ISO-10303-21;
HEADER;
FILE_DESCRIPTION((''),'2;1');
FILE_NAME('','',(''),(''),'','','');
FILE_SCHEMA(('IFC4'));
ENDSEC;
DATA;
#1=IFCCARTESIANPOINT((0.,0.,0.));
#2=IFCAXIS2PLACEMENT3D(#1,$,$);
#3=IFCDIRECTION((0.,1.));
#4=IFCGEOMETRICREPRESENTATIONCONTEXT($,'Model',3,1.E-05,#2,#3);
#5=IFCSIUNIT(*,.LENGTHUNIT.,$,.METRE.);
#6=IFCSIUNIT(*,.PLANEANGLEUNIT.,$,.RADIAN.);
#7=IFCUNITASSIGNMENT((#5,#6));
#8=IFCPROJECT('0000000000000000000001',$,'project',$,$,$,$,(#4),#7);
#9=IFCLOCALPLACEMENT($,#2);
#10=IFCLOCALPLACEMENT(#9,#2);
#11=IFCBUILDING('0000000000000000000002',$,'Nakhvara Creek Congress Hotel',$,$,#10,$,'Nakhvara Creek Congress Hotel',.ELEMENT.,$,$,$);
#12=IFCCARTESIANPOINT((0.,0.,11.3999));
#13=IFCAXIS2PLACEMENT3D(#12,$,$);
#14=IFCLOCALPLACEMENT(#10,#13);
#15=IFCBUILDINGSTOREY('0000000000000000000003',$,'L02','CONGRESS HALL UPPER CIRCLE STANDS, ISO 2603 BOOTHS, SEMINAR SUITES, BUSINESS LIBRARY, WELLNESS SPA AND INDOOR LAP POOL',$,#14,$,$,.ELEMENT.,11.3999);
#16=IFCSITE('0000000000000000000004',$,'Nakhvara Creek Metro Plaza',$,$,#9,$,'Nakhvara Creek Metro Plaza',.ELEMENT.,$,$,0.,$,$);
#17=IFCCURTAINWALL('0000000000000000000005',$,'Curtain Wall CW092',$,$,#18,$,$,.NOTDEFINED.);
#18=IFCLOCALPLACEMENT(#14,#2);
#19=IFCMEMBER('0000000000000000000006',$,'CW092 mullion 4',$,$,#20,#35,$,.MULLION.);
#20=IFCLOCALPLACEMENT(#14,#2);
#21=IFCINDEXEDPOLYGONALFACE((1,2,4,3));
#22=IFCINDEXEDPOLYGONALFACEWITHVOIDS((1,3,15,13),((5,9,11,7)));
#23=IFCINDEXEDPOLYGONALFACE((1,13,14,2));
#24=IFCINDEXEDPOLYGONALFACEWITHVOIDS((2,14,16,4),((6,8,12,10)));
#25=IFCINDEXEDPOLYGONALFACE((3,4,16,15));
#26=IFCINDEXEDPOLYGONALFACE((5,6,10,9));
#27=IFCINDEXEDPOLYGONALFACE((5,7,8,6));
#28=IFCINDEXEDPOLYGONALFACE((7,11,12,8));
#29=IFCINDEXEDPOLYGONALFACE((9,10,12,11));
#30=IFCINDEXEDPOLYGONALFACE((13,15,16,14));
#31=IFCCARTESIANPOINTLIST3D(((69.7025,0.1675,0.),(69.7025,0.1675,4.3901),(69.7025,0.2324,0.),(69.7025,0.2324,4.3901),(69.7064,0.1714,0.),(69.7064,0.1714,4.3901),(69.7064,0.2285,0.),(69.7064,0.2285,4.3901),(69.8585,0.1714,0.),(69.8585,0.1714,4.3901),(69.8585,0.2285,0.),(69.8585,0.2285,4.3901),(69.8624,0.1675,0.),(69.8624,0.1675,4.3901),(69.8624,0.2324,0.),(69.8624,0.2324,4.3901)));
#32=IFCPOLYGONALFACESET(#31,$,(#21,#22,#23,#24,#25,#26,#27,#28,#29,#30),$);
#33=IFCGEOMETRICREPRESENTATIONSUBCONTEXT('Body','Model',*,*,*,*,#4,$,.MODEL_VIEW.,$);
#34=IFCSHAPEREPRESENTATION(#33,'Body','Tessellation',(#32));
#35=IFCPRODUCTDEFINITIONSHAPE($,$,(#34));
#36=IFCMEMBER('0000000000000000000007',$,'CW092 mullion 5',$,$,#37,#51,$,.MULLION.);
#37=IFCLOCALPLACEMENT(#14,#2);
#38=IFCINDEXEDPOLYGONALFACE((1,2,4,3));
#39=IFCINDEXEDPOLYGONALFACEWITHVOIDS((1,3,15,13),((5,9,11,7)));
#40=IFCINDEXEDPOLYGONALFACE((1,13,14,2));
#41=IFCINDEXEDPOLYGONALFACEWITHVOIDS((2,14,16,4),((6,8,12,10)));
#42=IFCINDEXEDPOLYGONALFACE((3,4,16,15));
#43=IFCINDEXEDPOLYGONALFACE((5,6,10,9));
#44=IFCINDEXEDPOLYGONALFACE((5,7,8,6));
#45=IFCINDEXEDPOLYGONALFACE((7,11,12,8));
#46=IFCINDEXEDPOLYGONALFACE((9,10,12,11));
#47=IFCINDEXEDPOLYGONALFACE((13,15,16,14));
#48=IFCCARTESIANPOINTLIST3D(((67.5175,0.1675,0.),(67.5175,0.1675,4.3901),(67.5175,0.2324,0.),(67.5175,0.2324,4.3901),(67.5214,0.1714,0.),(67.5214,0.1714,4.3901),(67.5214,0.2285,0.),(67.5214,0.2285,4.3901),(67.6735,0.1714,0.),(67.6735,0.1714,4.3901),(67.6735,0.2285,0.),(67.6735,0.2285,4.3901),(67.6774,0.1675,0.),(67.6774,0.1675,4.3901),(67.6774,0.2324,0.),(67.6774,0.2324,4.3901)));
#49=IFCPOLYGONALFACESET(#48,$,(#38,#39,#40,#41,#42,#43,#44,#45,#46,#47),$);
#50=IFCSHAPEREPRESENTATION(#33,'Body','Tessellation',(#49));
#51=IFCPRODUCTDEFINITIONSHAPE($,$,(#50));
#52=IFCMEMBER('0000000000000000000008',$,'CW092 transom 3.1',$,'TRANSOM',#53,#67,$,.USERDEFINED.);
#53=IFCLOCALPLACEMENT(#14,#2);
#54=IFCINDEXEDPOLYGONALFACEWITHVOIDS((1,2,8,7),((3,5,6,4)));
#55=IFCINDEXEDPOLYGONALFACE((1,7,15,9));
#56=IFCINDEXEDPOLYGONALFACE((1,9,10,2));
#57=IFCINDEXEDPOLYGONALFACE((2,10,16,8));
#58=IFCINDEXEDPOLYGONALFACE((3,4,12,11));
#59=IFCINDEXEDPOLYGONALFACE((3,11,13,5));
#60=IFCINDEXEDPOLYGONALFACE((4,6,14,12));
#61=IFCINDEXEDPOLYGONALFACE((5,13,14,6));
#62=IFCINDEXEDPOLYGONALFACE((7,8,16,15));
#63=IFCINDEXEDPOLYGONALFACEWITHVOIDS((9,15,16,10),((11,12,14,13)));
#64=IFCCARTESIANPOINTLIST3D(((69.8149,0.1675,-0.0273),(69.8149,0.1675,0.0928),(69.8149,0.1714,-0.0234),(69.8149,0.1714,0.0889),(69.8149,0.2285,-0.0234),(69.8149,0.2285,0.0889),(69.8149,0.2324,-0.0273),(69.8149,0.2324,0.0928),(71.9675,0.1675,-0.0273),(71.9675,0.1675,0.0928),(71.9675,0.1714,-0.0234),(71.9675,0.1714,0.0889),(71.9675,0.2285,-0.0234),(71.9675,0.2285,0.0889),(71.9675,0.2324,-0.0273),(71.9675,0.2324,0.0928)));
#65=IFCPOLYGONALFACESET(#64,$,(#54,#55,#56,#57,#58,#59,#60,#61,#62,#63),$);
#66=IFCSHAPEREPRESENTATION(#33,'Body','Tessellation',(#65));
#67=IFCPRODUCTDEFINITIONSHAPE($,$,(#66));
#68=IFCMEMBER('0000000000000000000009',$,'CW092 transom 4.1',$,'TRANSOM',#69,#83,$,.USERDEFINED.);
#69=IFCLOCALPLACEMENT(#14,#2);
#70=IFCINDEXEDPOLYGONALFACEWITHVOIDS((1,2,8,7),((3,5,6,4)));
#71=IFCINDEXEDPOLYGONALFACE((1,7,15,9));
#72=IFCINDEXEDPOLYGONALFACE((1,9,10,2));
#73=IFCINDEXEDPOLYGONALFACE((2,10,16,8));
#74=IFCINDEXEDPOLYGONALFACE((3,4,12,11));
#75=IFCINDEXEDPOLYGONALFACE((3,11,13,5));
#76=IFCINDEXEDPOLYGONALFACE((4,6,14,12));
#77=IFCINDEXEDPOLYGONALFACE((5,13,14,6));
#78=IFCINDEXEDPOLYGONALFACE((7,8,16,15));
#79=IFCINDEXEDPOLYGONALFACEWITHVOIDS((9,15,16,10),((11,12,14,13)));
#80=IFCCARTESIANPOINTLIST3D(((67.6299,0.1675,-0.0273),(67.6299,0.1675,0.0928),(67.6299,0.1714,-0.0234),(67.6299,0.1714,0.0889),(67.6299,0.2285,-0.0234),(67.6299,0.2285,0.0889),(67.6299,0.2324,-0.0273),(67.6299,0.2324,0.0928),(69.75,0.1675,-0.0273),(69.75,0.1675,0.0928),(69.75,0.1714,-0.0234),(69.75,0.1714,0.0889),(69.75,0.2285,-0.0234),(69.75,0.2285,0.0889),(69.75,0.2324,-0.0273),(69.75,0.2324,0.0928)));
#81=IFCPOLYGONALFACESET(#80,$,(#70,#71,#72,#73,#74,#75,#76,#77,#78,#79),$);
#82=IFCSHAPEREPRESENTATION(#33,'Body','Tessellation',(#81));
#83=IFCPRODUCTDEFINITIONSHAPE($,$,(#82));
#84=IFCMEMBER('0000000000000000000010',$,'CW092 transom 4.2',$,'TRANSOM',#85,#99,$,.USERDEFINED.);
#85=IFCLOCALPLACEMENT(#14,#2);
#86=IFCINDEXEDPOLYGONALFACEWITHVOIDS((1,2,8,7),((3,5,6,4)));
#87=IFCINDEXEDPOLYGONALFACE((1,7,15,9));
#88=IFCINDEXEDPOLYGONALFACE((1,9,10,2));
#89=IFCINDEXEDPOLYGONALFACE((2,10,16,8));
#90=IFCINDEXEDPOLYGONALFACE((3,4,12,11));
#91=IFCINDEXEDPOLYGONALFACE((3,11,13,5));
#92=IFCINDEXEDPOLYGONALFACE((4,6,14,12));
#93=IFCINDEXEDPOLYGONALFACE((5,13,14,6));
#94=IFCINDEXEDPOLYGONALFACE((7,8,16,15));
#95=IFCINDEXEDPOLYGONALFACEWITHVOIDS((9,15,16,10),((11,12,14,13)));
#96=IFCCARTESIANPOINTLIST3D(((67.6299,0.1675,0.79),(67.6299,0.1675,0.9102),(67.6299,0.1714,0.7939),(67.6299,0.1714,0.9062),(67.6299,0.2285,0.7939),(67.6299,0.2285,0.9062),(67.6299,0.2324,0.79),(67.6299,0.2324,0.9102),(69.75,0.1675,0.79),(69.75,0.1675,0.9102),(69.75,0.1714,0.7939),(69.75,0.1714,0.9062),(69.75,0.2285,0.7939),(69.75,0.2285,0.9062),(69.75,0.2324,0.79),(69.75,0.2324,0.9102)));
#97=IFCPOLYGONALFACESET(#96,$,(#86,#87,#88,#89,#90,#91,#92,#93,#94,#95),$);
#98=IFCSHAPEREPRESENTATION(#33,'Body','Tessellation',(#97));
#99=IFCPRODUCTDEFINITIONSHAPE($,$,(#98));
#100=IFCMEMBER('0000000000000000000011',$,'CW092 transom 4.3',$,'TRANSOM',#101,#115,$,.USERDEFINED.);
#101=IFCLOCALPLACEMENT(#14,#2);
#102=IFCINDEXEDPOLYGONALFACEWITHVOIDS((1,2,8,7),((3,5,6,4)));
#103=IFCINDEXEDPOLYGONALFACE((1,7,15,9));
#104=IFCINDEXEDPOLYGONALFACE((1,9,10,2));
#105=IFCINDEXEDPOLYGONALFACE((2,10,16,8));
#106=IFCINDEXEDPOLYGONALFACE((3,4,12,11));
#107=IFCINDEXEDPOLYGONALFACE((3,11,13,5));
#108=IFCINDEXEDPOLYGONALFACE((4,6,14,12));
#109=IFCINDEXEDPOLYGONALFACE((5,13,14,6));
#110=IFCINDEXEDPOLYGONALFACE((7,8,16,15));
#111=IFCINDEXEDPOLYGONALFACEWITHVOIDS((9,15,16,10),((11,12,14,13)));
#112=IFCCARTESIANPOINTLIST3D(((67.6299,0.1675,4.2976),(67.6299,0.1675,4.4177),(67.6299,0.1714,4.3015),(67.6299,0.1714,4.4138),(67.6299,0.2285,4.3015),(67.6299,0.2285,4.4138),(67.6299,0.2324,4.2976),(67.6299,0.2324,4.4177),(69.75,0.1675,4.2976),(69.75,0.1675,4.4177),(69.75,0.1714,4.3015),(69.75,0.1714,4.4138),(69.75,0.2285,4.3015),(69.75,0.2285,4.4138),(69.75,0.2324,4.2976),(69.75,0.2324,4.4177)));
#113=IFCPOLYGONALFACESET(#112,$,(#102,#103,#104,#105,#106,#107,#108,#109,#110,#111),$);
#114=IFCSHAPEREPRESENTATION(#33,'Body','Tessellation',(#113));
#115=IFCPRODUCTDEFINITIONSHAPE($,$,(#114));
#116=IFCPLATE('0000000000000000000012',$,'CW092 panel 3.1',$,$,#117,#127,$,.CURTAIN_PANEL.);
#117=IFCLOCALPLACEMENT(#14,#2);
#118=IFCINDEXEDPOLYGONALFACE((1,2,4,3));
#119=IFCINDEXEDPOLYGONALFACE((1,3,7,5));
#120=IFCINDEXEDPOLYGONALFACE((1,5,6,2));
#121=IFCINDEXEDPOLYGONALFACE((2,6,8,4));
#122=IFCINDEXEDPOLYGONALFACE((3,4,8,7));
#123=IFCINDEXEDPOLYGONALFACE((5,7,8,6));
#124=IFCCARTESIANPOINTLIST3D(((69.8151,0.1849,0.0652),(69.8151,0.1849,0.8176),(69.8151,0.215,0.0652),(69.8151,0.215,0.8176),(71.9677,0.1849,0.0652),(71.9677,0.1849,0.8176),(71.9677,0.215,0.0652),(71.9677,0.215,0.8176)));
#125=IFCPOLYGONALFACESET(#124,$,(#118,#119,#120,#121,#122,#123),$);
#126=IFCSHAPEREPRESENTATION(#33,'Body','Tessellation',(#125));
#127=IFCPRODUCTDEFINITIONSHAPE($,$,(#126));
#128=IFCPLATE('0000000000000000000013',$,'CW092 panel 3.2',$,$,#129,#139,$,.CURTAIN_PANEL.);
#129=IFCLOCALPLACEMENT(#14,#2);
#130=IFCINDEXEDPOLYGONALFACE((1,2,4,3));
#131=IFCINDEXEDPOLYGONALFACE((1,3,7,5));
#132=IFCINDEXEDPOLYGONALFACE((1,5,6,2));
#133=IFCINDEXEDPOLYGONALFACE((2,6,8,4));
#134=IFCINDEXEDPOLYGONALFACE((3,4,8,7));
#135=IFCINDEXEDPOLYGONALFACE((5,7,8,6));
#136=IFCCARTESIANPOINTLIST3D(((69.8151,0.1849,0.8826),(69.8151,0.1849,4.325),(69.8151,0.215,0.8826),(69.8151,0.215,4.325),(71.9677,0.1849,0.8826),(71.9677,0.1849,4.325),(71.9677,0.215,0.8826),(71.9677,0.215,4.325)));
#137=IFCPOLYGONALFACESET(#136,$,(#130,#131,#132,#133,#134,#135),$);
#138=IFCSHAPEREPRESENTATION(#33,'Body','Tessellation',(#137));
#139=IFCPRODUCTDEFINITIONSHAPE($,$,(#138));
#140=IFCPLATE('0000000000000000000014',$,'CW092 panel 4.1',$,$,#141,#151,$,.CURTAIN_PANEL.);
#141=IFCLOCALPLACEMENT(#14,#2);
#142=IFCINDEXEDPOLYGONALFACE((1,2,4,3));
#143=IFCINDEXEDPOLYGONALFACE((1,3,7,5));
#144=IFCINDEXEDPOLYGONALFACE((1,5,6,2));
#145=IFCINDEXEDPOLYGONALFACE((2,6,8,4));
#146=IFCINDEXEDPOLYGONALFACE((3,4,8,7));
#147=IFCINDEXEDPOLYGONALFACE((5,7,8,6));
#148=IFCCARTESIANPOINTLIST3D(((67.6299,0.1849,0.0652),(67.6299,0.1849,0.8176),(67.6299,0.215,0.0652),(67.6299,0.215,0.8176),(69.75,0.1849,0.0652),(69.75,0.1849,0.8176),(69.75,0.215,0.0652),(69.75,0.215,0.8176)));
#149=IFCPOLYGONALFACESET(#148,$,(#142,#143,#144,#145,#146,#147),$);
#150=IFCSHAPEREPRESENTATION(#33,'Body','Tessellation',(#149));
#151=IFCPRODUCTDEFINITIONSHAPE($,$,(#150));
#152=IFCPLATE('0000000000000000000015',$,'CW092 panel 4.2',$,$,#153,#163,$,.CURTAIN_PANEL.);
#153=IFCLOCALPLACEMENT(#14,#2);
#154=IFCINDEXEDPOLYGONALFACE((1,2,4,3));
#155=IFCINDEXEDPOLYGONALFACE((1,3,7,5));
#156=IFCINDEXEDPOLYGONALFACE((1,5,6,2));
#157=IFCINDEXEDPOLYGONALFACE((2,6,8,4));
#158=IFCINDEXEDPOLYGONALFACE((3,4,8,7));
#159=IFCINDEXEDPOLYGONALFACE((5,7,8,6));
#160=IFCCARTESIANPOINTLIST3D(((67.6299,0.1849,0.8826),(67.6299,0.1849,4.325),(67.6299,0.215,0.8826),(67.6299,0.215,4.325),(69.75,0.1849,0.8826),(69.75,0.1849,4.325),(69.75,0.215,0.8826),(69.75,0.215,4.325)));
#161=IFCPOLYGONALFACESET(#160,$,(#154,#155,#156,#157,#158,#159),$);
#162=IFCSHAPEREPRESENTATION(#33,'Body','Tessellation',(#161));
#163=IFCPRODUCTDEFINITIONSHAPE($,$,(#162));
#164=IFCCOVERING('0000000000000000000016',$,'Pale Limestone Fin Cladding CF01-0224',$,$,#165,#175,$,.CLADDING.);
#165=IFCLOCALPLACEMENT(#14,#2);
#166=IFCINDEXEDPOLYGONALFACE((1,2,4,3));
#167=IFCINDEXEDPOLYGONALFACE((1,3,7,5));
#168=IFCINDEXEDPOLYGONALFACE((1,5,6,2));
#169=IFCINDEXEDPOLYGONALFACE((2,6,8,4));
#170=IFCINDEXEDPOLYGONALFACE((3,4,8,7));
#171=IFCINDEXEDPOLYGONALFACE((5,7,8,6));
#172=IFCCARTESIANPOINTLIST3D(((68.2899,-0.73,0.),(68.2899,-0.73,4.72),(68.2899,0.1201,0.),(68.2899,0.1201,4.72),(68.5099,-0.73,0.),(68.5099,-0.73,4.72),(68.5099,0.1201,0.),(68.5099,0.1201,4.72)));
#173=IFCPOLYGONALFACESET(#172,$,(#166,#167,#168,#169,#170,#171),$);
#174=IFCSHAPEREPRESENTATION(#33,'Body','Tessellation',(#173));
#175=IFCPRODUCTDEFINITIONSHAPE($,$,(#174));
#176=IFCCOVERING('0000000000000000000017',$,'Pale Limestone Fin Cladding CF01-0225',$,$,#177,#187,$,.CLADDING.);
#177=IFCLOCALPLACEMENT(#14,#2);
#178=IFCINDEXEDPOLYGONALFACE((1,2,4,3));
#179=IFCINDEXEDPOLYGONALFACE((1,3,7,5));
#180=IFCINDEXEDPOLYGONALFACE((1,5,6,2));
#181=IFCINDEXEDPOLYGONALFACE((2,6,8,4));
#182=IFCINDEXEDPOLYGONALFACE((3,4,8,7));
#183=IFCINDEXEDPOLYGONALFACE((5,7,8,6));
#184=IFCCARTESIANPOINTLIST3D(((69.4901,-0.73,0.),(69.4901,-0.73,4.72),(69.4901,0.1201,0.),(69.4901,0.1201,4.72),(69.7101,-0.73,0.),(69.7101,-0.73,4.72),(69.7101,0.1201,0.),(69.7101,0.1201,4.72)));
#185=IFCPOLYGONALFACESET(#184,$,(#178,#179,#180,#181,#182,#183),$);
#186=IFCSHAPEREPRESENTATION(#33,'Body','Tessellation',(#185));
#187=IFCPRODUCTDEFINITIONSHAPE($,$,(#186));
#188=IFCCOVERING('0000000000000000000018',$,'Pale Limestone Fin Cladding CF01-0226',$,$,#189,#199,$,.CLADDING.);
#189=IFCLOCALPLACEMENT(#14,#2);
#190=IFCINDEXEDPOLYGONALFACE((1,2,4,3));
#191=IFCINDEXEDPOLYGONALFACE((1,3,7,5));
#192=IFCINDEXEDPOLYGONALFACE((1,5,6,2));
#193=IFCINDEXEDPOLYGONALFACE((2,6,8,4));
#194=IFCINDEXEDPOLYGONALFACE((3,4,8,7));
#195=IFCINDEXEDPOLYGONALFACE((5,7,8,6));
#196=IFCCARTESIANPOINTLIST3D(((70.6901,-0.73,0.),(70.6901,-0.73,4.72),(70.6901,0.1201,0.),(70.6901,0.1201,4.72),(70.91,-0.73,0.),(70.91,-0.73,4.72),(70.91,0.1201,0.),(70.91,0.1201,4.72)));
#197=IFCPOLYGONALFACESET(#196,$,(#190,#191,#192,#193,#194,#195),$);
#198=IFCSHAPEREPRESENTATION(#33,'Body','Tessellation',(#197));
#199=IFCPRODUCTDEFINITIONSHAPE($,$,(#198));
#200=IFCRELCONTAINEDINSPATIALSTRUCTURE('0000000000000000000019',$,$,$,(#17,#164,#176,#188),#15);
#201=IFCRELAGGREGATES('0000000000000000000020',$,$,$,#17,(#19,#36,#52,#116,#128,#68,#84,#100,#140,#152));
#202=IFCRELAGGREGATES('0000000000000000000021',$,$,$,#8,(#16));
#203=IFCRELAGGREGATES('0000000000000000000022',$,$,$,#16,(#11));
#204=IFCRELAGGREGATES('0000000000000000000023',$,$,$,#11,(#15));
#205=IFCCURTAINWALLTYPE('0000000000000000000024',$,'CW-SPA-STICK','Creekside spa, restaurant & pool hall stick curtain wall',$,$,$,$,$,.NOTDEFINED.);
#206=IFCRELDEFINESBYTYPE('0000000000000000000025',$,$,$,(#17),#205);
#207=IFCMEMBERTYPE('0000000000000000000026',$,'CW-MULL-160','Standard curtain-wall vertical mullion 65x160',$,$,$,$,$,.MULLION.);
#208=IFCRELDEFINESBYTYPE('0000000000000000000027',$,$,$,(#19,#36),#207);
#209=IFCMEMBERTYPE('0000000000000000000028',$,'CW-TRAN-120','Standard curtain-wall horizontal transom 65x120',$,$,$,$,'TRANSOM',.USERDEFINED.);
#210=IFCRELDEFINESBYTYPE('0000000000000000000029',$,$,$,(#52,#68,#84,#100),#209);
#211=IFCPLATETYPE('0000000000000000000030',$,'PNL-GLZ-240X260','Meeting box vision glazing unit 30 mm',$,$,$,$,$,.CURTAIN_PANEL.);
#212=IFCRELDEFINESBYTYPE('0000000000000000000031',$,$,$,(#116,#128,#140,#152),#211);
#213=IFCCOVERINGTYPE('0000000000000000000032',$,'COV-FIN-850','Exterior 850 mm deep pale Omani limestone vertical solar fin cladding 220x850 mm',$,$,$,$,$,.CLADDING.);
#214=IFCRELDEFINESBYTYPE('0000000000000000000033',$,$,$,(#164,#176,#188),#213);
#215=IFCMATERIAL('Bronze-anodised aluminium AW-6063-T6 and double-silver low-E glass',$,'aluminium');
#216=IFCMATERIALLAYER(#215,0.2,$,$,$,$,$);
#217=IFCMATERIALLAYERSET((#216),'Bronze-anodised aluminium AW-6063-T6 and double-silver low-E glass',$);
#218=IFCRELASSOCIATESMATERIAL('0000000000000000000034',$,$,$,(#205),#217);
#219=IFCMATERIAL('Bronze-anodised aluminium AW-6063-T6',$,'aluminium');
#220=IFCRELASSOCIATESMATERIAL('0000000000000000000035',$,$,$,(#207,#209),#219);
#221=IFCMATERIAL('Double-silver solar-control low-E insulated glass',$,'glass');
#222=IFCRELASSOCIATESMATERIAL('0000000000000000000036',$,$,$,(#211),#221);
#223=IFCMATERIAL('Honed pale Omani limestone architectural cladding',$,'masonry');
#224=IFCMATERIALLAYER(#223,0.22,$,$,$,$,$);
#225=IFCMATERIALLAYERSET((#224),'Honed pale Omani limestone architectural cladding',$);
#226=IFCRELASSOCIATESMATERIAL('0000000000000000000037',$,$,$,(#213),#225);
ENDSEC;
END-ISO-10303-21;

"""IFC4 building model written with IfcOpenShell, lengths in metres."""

from ifc_helpers import new_model, si_unit, direction, frame, origin, origin_2d, place, context, subcontext, project, spatial, rectangle, hollow_rectangle, extrude, material, layer, layer_set, material_profile, profile_set, type_object, element, aggregate, save


model = new_model("IFC4")

# Units and contexts
model_context = context("Model", 3, precision=1e-05, world=origin(), true_north=direction((0.0, 1.0)))
body_context = subcontext(model_context, "Body", "Model", "MODEL_VIEW")
ifc_project = project(units=[si_unit("LENGTHUNIT", "METRE"), si_unit("PLANEANGLEUNIT", "RADIAN")], contexts=[model_context])

# Site, building, storey
site_placement = place(None, origin())
site = spatial("IfcSite", under=ifc_project, at=site_placement, Name="Nakhvara Creek Metro Plaza", LongName="Nakhvara Creek Metro Plaza", CompositionType="ELEMENT", RefElevation=0.0)
building_placement = place(site_placement, origin())
building = spatial("IfcBuilding", under=site, at=building_placement, Name="Nakhvara Creek Congress Hotel", LongName="Nakhvara Creek Congress Hotel", CompositionType="ELEMENT")
storey_placement = place(building_placement, frame((0.0, 0.0, 11.3999)))
storey = spatial("IfcBuildingStorey", under=building, at=storey_placement, Name="L02", Description="CONGRESS HALL UPPER CIRCLE STANDS, ISO 2603 BOOTHS, SEMINAR SUITES, BUSINESS LIBRARY, WELLNESS SPA AND INDOOR LAP POOL", CompositionType="ELEMENT", Elevation=11.3999)

# Curtain wall, members, plates
ifc_material_1 = material(Name="Bronze-anodised aluminium AW-6063-T6 and double-silver low-E glass", Category="aluminium")
ifc_layer_1 = layer(ifc_material_1, 0.2)
ifc_layer_set_1 = layer_set([ifc_layer_1], Name="Bronze-anodised aluminium AW-6063-T6 and double-silver low-E glass")
curtain_wall_type = type_object("IfcCurtainWallType", Name="CW-SPA-STICK", Description="Creekside spa, restaurant & pool hall stick curtain wall", PredefinedType="NOTDEFINED", material=ifc_layer_set_1)
curtain_wall_placement = place(storey_placement, origin())
curtain_wall = element("IfcCurtainWall", 1, at=curtain_wall_placement, inside=storey, type_object=curtain_wall_type, Name="Curtain Wall CW092", PredefinedType="NOTDEFINED")
ifc_material_2 = material(Name="Bronze-anodised aluminium AW-6063-T6", Category="aluminium")
ifc_material_profile_1 = material_profile(ifc_material_2, hollow_rectangle(XDim=0.0649, YDim=0.1599, WallThickness=0.0039, at=origin_2d()), Name="ALU-MULL 65x160x4", Category="LoadBearing")
ifc_profile_set_1 = profile_set([ifc_material_profile_1], Name="Bronze-anodised aluminium AW-6063-T6")
member_type_1 = type_object("IfcMemberType", Name="CW-MULL-160", Description="Standard curtain-wall vertical mullion 65x160", PredefinedType="MULLION", material=ifc_profile_set_1)
member_1_placement = place(storey_placement, frame((69.7825, 0.2, 0.0), z_axis=(0.0, 0.0, 1.0), x_axis=(0.0, -1.0, 0.0)))
member_1 = element("IfcMember", 2, at=member_1_placement, type_object=member_type_1, Name="CW092 mullion 4", PredefinedType="MULLION", context=body_context, shape_type="SweptSolid", body=[
    extrude(hollow_rectangle(XDim=0.0649, YDim=0.1599, WallThickness=0.0039, at=origin_2d()), origin(), (0.0, 0.0, 1.0), 4.3901),
])
member_2_placement = place(storey_placement, frame((67.5974, 0.2, 0.0), z_axis=(0.0, 0.0, 1.0), x_axis=(0.0, -1.0, 0.0)))
member_2 = element("IfcMember", 3, at=member_2_placement, type_object=member_type_1, Name="CW092 mullion 5", PredefinedType="MULLION", context=body_context, shape_type="SweptSolid", body=[
    extrude(hollow_rectangle(XDim=0.0649, YDim=0.1599, WallThickness=0.0039, at=origin_2d()), origin(), (0.0, 0.0, 1.0), 4.3901),
])
ifc_material_profile_2 = material_profile(ifc_material_2, hollow_rectangle(XDim=0.0649, YDim=0.1201, WallThickness=0.0039, at=origin_2d()), Name="ALU-TRAN 65x120x4", Category="LoadBearing")
ifc_profile_set_2 = profile_set([ifc_material_profile_2], Name="Bronze-anodised aluminium AW-6063-T6")
member_type_2 = type_object("IfcMemberType", Name="CW-TRAN-120", Description="Standard curtain-wall horizontal transom 65x120", ElementType="TRANSOM", PredefinedType="USERDEFINED", material=ifc_profile_set_2)
member_3_placement = place(storey_placement, frame((71.9675, 0.2, 0.0327), z_axis=(-1.0, 0.0, 0.0), x_axis=(0.0, -1.0, 0.0)))
member_3 = element("IfcMember", 4, at=member_3_placement, type_object=member_type_2, Name="CW092 transom 3.1", ObjectType="TRANSOM", PredefinedType="USERDEFINED", context=body_context, shape_type="SweptSolid", body=[
    extrude(hollow_rectangle(XDim=0.0649, YDim=0.1201, WallThickness=0.0039, at=origin_2d()), origin(), (0.0, 0.0, 1.0), 2.1526),
])
member_4_placement = place(storey_placement, frame((69.75, 0.2, 0.0327), z_axis=(-1.0, 0.0, 0.0), x_axis=(0.0, -1.0, 0.0)))
member_4 = element("IfcMember", 5, at=member_4_placement, type_object=member_type_2, Name="CW092 transom 4.1", ObjectType="TRANSOM", PredefinedType="USERDEFINED", context=body_context, shape_type="SweptSolid", body=[
    extrude(hollow_rectangle(XDim=0.0649, YDim=0.1201, WallThickness=0.0039, at=origin_2d()), origin(), (0.0, 0.0, 1.0), 2.1201),
])
member_5_placement = place(storey_placement, frame((69.75, 0.2, 0.8501), z_axis=(-1.0, 0.0, 0.0), x_axis=(0.0, -1.0, 0.0)))
member_5 = element("IfcMember", 6, at=member_5_placement, type_object=member_type_2, Name="CW092 transom 4.2", ObjectType="TRANSOM", PredefinedType="USERDEFINED", context=body_context, shape_type="SweptSolid", body=[
    extrude(hollow_rectangle(XDim=0.0649, YDim=0.1201, WallThickness=0.0039, at=origin_2d()), origin(), (0.0, 0.0, 1.0), 2.1201),
])
member_6_placement = place(storey_placement, frame((69.75, 0.2, 4.3577), z_axis=(-1.0, 0.0, 0.0), x_axis=(0.0, -1.0, 0.0)))
member_6 = element("IfcMember", 7, at=member_6_placement, type_object=member_type_2, Name="CW092 transom 4.3", ObjectType="TRANSOM", PredefinedType="USERDEFINED", context=body_context, shape_type="SweptSolid", body=[
    extrude(hollow_rectangle(XDim=0.0649, YDim=0.1201, WallThickness=0.0039, at=origin_2d()), origin(), (0.0, 0.0, 1.0), 2.1201),
])
ifc_material_3 = material(Name="Double-silver solar-control low-E insulated glass", Category="glass")
plate_type = type_object("IfcPlateType", Name="PNL-GLZ-240X260", Description="Meeting box vision glazing unit 30 mm", PredefinedType="CURTAIN_PANEL", material=ifc_material_3)
plate_1_placement = place(storey_placement, frame((70.8914, 0.2, 0.0652), z_axis=(0.0, 0.0, 1.0), x_axis=(-1.0, 0.0, 0.0)))
plate_1 = element("IfcPlate", 8, at=plate_1_placement, type_object=plate_type, Name="CW092 panel 3.1", PredefinedType="CURTAIN_PANEL", context=body_context, shape_type="SweptSolid", body=[
    extrude(rectangle(XDim=2.1526, YDim=0.03, at=origin_2d()), origin(), (0.0, 0.0, 1.0), 0.7524),
])
plate_2_placement = place(storey_placement, frame((70.8914, 0.2, 0.8826), z_axis=(0.0, 0.0, 1.0), x_axis=(-1.0, 0.0, 0.0)))
plate_2 = element("IfcPlate", 9, at=plate_2_placement, type_object=plate_type, Name="CW092 panel 3.2", PredefinedType="CURTAIN_PANEL", context=body_context, shape_type="SweptSolid", body=[
    extrude(rectangle(XDim=2.1526, YDim=0.03, at=origin_2d()), origin(), (0.0, 0.0, 1.0), 3.4424),
])
plate_3_placement = place(storey_placement, frame((68.6899, 0.2, 0.0652), z_axis=(0.0, 0.0, 1.0), x_axis=(-1.0, 0.0, 0.0)))
plate_3 = element("IfcPlate", 10, at=plate_3_placement, type_object=plate_type, Name="CW092 panel 4.1", PredefinedType="CURTAIN_PANEL", context=body_context, shape_type="SweptSolid", body=[
    extrude(rectangle(XDim=2.1201, YDim=0.03, at=origin_2d()), origin(), (0.0, 0.0, 1.0), 0.7524),
])
plate_4_placement = place(storey_placement, frame((68.6899, 0.2, 0.8826), z_axis=(0.0, 0.0, 1.0), x_axis=(-1.0, 0.0, 0.0)))
plate_4 = element("IfcPlate", 11, at=plate_4_placement, type_object=plate_type, Name="CW092 panel 4.2", PredefinedType="CURTAIN_PANEL", context=body_context, shape_type="SweptSolid", body=[
    extrude(rectangle(XDim=2.1201, YDim=0.03, at=origin_2d()), origin(), (0.0, 0.0, 1.0), 3.4424),
])
aggregate(curtain_wall, [member_1, member_2, member_3, plate_1, plate_2, member_4, member_5, member_6, plate_3, plate_4])

# Coverings
ifc_material_4 = material(Name="Honed pale Omani limestone architectural cladding", Category="masonry")
ifc_layer_2 = layer(ifc_material_4, 0.22)
ifc_layer_set_2 = layer_set([ifc_layer_2], Name="Honed pale Omani limestone architectural cladding")
covering_type = type_object("IfcCoveringType", Name="COV-FIN-850", Description="Exterior 850 mm deep pale Omani limestone vertical solar fin cladding 220x850 mm", PredefinedType="CLADDING", material=ifc_layer_set_2)
for number, where, z_axis, x_axis, name in (
    (12, (68.3999, -0.3049, 0.0), (0.0, 0.0, 1.0), (1.0, 0.0, 0.0), "Pale Limestone Fin Cladding CF01-0224"),
    (13, (69.6001, -0.3049, 0.0), (0.0, 0.0, 1.0), (1.0, 0.0, 0.0), "Pale Limestone Fin Cladding CF01-0225"),
    (14, (70.8, -0.3049, 0.0), (0.0, 0.0, 1.0), (1.0, 0.0, 0.0), "Pale Limestone Fin Cladding CF01-0226"),
):
    element("IfcCovering", number, at=place(storey_placement, frame(where, z_axis=z_axis, x_axis=x_axis)), inside=storey, type_object=covering_type, Name=name, PredefinedType="CLADDING", context=body_context, shape_type="SweptSolid", body=[
        extrude(rectangle(XDim=0.22, YDim=0.8501, at=origin_2d()), origin(), (0.0, 0.0, 1.0), 4.72),
    ])

save(model, "model.ifc")
